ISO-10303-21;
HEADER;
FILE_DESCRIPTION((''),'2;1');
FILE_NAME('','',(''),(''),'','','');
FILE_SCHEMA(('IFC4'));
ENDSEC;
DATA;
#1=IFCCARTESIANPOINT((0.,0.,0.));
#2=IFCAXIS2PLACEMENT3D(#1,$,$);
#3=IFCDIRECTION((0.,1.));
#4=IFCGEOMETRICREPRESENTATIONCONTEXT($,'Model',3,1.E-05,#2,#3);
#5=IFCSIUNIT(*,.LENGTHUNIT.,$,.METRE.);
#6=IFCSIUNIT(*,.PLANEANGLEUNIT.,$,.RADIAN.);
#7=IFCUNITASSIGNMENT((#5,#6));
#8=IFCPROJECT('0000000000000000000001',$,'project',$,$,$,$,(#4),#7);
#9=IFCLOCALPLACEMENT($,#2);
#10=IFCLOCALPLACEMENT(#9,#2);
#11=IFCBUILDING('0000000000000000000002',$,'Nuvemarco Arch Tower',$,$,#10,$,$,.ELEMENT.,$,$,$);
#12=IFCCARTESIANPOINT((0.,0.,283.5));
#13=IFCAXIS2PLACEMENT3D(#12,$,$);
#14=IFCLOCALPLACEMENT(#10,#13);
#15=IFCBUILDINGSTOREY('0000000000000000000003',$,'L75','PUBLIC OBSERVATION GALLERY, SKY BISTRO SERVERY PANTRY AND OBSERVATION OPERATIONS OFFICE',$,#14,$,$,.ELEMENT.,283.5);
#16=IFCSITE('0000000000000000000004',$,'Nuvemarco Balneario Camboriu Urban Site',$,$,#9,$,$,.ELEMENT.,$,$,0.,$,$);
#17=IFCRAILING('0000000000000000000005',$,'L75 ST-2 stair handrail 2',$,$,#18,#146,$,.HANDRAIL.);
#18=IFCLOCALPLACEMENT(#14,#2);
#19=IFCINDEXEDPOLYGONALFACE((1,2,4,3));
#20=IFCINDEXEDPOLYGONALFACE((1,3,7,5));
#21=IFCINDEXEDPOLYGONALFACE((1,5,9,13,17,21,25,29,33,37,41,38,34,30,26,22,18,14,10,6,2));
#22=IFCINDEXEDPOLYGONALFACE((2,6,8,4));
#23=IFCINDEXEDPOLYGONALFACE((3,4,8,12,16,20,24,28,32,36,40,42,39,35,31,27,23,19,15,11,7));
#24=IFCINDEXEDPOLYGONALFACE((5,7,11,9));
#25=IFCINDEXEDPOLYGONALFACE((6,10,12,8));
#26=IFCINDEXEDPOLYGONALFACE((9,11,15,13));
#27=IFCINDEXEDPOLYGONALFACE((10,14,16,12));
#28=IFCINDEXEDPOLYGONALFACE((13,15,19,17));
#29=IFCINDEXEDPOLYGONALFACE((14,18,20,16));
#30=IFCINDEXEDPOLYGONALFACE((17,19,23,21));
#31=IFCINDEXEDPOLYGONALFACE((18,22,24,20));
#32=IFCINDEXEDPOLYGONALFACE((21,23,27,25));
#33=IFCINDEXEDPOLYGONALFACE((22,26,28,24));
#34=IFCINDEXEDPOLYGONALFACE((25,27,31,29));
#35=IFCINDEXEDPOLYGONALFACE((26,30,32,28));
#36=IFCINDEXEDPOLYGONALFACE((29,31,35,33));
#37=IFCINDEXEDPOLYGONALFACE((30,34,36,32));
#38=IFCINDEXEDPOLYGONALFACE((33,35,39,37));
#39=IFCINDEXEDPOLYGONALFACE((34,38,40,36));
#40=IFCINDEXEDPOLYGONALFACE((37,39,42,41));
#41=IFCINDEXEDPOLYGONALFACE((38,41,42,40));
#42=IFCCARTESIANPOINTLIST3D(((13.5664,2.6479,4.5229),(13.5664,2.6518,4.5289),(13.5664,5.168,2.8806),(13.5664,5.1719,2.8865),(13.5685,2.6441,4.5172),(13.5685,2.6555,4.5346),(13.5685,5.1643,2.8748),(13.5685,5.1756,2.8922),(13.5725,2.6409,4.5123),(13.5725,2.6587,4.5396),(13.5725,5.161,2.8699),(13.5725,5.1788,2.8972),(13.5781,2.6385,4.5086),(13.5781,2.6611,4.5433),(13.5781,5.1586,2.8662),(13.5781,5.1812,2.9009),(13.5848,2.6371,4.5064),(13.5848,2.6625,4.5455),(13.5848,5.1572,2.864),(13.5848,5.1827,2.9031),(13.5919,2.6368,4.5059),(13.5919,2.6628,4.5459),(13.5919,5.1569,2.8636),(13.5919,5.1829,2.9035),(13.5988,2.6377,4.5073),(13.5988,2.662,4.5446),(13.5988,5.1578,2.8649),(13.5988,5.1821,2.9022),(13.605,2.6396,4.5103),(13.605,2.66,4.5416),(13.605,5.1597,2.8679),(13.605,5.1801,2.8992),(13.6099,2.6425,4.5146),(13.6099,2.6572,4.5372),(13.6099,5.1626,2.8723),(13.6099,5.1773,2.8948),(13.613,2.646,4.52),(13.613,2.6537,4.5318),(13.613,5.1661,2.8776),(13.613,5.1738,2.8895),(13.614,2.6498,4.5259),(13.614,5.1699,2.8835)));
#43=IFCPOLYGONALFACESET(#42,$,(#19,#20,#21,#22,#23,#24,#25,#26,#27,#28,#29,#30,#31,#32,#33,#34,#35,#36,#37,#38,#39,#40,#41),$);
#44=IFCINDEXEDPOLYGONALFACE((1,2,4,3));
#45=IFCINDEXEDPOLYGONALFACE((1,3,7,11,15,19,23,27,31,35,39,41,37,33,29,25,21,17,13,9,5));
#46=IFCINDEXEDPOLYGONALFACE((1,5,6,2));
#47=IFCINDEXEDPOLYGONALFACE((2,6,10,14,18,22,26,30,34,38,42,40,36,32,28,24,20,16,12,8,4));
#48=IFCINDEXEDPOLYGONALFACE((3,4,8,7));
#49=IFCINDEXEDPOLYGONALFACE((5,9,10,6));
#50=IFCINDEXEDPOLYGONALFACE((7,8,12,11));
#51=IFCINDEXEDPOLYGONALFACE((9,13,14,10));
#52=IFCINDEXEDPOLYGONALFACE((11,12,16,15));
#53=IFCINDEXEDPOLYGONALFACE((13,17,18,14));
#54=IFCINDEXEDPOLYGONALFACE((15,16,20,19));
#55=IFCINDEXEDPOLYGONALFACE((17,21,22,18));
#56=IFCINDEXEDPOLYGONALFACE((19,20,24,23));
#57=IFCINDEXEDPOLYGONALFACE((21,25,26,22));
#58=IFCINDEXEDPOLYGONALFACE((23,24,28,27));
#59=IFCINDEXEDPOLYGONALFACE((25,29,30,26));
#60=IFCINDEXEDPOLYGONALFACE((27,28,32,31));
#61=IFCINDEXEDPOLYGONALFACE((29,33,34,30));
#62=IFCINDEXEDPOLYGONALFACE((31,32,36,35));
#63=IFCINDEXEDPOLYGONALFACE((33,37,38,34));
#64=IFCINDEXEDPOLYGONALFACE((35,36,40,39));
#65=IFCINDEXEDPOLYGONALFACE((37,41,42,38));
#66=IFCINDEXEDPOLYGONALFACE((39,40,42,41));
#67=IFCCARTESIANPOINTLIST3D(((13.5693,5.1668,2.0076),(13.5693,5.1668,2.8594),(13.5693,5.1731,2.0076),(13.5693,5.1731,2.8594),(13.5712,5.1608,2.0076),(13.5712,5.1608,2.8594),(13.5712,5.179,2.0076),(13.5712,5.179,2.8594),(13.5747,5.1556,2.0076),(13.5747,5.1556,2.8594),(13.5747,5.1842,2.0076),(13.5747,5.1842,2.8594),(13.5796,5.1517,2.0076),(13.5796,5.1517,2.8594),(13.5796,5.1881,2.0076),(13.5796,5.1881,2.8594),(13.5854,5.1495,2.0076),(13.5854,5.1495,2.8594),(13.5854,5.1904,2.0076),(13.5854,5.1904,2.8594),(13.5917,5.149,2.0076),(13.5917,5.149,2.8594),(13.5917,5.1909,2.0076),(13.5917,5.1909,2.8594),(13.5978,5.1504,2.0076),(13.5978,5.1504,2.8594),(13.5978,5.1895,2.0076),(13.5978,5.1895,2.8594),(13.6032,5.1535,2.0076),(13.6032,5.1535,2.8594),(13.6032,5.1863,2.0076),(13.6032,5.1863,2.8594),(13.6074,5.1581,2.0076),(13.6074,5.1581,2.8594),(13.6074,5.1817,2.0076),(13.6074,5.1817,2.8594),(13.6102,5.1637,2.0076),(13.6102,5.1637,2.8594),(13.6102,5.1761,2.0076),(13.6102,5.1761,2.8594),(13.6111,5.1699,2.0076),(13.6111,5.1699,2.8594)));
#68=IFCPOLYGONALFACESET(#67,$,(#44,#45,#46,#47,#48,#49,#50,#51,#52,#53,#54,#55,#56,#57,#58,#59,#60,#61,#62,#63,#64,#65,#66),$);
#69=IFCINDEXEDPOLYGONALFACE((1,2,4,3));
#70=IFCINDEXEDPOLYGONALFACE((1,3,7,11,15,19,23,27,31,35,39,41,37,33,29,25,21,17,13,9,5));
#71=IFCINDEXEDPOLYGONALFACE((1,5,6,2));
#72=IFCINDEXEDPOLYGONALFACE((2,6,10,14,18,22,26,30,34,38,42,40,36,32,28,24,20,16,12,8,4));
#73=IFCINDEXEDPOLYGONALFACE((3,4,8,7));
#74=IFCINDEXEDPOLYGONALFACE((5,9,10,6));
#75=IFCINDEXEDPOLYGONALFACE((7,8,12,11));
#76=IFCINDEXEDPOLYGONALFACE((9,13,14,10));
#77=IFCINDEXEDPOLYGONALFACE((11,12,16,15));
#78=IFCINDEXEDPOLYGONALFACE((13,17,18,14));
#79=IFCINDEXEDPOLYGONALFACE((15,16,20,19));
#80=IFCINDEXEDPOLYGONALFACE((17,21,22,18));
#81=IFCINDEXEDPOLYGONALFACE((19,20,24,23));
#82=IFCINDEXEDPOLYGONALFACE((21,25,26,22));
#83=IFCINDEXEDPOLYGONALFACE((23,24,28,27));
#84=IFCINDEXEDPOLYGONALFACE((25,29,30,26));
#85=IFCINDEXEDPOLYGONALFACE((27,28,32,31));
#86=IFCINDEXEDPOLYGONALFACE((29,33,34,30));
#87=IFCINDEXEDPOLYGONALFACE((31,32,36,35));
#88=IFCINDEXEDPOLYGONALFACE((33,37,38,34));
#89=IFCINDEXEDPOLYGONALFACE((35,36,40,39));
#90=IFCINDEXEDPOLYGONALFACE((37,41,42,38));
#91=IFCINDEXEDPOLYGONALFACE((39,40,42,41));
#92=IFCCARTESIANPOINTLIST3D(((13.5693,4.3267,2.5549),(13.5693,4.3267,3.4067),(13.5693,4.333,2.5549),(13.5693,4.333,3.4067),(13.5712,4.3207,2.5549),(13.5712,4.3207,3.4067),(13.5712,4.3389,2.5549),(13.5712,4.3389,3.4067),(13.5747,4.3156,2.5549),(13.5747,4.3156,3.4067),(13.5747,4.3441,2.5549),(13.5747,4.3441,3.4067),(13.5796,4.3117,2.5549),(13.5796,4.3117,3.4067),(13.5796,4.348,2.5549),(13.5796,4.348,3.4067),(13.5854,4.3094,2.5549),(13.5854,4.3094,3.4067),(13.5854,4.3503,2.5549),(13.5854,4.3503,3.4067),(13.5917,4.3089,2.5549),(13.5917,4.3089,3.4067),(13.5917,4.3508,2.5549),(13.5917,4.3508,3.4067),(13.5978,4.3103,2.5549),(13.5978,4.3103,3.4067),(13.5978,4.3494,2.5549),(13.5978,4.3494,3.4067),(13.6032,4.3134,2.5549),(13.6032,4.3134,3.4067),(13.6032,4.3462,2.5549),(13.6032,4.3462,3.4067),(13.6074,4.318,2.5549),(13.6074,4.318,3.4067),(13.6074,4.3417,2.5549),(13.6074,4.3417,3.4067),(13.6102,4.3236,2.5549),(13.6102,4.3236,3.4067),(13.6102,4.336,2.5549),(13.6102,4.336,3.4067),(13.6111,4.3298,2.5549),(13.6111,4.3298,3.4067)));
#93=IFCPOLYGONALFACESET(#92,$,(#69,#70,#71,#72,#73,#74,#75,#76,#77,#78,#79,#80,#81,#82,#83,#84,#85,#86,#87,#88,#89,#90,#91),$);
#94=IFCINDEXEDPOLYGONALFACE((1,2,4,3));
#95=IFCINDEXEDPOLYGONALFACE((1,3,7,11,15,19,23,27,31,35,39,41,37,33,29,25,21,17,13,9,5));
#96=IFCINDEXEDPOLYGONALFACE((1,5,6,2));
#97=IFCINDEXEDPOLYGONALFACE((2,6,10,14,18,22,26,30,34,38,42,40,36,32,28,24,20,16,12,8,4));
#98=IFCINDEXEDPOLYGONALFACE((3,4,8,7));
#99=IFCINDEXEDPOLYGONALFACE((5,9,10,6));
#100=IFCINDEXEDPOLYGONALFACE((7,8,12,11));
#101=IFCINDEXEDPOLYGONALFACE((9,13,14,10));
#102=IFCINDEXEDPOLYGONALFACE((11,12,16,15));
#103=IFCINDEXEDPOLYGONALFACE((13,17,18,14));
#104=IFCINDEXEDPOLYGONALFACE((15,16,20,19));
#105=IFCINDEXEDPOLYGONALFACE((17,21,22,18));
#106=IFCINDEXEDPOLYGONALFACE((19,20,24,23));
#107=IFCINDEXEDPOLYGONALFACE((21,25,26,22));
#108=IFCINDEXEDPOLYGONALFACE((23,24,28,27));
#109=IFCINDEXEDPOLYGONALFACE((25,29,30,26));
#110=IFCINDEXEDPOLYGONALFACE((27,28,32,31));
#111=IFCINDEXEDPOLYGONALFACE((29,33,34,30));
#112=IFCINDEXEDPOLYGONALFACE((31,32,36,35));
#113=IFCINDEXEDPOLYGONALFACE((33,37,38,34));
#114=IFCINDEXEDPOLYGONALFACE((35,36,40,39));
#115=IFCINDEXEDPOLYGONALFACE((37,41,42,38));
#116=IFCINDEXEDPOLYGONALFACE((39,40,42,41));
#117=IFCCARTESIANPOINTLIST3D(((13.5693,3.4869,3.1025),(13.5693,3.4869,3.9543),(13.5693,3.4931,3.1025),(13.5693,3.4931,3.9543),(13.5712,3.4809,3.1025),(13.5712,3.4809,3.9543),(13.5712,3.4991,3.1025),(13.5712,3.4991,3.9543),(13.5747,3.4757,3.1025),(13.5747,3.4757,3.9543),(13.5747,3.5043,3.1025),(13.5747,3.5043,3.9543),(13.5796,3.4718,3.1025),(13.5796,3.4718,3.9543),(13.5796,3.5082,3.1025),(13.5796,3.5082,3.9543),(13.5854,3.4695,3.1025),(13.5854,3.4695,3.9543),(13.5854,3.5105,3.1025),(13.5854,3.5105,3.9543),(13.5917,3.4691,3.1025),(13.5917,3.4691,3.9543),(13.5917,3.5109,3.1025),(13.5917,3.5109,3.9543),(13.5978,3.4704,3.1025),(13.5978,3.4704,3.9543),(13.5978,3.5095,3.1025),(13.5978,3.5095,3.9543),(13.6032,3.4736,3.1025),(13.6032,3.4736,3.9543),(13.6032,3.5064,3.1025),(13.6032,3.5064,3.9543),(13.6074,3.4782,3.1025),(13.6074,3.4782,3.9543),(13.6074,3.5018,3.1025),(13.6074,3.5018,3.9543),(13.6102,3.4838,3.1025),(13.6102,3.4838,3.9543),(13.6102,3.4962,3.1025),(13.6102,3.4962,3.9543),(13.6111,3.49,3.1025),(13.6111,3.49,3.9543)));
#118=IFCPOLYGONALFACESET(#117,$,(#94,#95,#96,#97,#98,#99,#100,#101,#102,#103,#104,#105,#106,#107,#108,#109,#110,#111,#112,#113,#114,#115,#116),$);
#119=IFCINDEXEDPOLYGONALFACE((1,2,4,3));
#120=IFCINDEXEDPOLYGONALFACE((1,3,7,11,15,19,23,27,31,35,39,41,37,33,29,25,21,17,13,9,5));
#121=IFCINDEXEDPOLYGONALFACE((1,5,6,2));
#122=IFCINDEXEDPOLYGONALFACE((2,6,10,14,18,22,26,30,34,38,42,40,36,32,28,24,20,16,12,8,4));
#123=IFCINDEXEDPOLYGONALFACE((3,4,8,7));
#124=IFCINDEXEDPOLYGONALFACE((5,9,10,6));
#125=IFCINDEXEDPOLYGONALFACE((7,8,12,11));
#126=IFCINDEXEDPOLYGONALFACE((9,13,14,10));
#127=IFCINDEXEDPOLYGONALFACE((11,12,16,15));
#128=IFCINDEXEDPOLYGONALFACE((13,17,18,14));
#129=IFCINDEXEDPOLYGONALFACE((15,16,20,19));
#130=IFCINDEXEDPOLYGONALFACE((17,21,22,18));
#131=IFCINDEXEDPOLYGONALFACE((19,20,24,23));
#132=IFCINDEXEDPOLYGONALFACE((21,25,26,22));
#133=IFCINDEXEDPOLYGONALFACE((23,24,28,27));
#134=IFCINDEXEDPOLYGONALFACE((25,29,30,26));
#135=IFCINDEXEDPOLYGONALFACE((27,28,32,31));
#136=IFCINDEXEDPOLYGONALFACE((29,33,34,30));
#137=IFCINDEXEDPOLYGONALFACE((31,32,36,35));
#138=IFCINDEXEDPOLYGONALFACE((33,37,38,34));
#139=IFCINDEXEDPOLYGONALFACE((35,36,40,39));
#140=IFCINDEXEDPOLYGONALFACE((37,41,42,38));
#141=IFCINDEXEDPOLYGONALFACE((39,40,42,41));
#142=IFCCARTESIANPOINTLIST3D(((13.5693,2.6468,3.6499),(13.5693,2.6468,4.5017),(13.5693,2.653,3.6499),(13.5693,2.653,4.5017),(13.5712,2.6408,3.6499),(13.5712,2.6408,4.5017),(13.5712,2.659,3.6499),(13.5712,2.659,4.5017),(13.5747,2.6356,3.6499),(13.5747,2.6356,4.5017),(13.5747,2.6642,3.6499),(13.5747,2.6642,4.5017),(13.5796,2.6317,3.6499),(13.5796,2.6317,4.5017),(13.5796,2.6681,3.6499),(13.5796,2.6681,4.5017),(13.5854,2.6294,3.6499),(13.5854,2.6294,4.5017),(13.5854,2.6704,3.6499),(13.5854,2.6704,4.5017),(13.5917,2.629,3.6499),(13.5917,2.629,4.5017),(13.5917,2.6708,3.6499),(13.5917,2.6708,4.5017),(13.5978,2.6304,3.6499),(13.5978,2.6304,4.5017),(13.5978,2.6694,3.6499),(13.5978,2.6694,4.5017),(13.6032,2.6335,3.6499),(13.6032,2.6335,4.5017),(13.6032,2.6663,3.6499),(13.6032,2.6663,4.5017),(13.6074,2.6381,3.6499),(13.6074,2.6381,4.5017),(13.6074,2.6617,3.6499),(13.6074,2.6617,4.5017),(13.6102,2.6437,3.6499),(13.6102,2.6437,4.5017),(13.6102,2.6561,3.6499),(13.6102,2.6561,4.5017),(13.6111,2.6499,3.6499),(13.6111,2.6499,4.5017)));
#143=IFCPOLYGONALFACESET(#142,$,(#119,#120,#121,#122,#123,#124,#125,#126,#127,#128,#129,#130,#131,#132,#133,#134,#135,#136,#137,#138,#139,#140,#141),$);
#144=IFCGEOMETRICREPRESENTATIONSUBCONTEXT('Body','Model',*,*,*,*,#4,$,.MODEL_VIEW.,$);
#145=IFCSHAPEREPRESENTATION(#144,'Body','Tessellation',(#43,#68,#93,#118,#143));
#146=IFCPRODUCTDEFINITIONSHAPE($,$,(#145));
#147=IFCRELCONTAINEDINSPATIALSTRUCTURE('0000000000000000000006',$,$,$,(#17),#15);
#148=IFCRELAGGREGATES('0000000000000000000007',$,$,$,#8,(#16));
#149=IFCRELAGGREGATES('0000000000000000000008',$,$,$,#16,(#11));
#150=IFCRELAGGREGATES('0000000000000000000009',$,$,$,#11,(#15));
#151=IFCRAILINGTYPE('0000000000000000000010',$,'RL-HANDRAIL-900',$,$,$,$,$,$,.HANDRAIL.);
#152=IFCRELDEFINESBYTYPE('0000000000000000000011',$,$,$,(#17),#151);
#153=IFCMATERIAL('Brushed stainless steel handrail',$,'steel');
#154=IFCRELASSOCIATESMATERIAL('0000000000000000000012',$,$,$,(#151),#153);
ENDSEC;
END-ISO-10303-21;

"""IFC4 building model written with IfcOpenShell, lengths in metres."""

from ifc_helpers import new_model, si_unit, direction, frame, origin, origin_2d, place, context, subcontext, project, spatial, circle, extrude, material, type_object, element, save


model = new_model("IFC4")

# Units and contexts
model_context = context("Model", 3, precision=1e-05, world=origin(), true_north=direction((0.0, 1.0)))
body_context = subcontext(model_context, "Body", "Model", "MODEL_VIEW")
ifc_project = project(units=[si_unit("LENGTHUNIT", "METRE"), si_unit("PLANEANGLEUNIT", "RADIAN")], contexts=[model_context])

# Site, building, storey
site_placement = place(None, origin())
site = spatial("IfcSite", under=ifc_project, at=site_placement, Name="Nuvemarco Balneario Camboriu Urban Site", CompositionType="ELEMENT", RefElevation=0.0)
building_placement = place(site_placement, origin())
building = spatial("IfcBuilding", under=site, at=building_placement, Name="Nuvemarco Arch Tower", CompositionType="ELEMENT")
storey_placement = place(building_placement, frame((0.0, 0.0, 283.5)))
storey = spatial("IfcBuildingStorey", under=building, at=storey_placement, Name="L75", Description="PUBLIC OBSERVATION GALLERY, SKY BISTRO SERVERY PANTRY AND OBSERVATION OPERATIONS OFFICE", CompositionType="ELEMENT", Elevation=283.5)

# Railing
ifc_material_1 = material(Name="Brushed stainless steel handrail", Category="steel")
railing_type_1 = type_object("IfcRailingType", Name="RL-HANDRAIL-900", PredefinedType="HANDRAIL", material=ifc_material_1)
railing_1_placement = place(storey_placement, frame((13.5901, 5.1699, 2.0076)))
element("IfcRailing", 1, at=railing_1_placement, inside=storey, type_object=railing_type_1, Name="L75 ST-2 stair handrail 2", PredefinedType="HANDRAIL", context=body_context, shape_type="SweptSolid", body=[
    extrude(circle(Radius=0.0239, at=origin_2d()), frame((0.0, 0.0, 0.876), z_axis=(0.0, -0.837787, 0.545998), x_axis=(1.0, 0.0, 0.0)), (0.0, 0.0, 1.0), 3.0081),
    extrude(circle(Radius=0.021, at=origin_2d()), origin(), (0.0, 0.0, 1.0), 0.8518),
    extrude(circle(Radius=0.021, at=origin_2d()), frame((0.0, -0.8401, 0.5474)), (0.0, 0.0, 1.0), 0.8518),
    extrude(circle(Radius=0.021, at=origin_2d()), frame((0.0, -1.6799, 1.095)), (0.0, 0.0, 1.0), 0.8518),
    extrude(circle(Radius=0.021, at=origin_2d()), frame((0.0, -2.52, 1.6423)), (0.0, 0.0, 1.0), 0.8518),
])

save(model, "model.ifc")
